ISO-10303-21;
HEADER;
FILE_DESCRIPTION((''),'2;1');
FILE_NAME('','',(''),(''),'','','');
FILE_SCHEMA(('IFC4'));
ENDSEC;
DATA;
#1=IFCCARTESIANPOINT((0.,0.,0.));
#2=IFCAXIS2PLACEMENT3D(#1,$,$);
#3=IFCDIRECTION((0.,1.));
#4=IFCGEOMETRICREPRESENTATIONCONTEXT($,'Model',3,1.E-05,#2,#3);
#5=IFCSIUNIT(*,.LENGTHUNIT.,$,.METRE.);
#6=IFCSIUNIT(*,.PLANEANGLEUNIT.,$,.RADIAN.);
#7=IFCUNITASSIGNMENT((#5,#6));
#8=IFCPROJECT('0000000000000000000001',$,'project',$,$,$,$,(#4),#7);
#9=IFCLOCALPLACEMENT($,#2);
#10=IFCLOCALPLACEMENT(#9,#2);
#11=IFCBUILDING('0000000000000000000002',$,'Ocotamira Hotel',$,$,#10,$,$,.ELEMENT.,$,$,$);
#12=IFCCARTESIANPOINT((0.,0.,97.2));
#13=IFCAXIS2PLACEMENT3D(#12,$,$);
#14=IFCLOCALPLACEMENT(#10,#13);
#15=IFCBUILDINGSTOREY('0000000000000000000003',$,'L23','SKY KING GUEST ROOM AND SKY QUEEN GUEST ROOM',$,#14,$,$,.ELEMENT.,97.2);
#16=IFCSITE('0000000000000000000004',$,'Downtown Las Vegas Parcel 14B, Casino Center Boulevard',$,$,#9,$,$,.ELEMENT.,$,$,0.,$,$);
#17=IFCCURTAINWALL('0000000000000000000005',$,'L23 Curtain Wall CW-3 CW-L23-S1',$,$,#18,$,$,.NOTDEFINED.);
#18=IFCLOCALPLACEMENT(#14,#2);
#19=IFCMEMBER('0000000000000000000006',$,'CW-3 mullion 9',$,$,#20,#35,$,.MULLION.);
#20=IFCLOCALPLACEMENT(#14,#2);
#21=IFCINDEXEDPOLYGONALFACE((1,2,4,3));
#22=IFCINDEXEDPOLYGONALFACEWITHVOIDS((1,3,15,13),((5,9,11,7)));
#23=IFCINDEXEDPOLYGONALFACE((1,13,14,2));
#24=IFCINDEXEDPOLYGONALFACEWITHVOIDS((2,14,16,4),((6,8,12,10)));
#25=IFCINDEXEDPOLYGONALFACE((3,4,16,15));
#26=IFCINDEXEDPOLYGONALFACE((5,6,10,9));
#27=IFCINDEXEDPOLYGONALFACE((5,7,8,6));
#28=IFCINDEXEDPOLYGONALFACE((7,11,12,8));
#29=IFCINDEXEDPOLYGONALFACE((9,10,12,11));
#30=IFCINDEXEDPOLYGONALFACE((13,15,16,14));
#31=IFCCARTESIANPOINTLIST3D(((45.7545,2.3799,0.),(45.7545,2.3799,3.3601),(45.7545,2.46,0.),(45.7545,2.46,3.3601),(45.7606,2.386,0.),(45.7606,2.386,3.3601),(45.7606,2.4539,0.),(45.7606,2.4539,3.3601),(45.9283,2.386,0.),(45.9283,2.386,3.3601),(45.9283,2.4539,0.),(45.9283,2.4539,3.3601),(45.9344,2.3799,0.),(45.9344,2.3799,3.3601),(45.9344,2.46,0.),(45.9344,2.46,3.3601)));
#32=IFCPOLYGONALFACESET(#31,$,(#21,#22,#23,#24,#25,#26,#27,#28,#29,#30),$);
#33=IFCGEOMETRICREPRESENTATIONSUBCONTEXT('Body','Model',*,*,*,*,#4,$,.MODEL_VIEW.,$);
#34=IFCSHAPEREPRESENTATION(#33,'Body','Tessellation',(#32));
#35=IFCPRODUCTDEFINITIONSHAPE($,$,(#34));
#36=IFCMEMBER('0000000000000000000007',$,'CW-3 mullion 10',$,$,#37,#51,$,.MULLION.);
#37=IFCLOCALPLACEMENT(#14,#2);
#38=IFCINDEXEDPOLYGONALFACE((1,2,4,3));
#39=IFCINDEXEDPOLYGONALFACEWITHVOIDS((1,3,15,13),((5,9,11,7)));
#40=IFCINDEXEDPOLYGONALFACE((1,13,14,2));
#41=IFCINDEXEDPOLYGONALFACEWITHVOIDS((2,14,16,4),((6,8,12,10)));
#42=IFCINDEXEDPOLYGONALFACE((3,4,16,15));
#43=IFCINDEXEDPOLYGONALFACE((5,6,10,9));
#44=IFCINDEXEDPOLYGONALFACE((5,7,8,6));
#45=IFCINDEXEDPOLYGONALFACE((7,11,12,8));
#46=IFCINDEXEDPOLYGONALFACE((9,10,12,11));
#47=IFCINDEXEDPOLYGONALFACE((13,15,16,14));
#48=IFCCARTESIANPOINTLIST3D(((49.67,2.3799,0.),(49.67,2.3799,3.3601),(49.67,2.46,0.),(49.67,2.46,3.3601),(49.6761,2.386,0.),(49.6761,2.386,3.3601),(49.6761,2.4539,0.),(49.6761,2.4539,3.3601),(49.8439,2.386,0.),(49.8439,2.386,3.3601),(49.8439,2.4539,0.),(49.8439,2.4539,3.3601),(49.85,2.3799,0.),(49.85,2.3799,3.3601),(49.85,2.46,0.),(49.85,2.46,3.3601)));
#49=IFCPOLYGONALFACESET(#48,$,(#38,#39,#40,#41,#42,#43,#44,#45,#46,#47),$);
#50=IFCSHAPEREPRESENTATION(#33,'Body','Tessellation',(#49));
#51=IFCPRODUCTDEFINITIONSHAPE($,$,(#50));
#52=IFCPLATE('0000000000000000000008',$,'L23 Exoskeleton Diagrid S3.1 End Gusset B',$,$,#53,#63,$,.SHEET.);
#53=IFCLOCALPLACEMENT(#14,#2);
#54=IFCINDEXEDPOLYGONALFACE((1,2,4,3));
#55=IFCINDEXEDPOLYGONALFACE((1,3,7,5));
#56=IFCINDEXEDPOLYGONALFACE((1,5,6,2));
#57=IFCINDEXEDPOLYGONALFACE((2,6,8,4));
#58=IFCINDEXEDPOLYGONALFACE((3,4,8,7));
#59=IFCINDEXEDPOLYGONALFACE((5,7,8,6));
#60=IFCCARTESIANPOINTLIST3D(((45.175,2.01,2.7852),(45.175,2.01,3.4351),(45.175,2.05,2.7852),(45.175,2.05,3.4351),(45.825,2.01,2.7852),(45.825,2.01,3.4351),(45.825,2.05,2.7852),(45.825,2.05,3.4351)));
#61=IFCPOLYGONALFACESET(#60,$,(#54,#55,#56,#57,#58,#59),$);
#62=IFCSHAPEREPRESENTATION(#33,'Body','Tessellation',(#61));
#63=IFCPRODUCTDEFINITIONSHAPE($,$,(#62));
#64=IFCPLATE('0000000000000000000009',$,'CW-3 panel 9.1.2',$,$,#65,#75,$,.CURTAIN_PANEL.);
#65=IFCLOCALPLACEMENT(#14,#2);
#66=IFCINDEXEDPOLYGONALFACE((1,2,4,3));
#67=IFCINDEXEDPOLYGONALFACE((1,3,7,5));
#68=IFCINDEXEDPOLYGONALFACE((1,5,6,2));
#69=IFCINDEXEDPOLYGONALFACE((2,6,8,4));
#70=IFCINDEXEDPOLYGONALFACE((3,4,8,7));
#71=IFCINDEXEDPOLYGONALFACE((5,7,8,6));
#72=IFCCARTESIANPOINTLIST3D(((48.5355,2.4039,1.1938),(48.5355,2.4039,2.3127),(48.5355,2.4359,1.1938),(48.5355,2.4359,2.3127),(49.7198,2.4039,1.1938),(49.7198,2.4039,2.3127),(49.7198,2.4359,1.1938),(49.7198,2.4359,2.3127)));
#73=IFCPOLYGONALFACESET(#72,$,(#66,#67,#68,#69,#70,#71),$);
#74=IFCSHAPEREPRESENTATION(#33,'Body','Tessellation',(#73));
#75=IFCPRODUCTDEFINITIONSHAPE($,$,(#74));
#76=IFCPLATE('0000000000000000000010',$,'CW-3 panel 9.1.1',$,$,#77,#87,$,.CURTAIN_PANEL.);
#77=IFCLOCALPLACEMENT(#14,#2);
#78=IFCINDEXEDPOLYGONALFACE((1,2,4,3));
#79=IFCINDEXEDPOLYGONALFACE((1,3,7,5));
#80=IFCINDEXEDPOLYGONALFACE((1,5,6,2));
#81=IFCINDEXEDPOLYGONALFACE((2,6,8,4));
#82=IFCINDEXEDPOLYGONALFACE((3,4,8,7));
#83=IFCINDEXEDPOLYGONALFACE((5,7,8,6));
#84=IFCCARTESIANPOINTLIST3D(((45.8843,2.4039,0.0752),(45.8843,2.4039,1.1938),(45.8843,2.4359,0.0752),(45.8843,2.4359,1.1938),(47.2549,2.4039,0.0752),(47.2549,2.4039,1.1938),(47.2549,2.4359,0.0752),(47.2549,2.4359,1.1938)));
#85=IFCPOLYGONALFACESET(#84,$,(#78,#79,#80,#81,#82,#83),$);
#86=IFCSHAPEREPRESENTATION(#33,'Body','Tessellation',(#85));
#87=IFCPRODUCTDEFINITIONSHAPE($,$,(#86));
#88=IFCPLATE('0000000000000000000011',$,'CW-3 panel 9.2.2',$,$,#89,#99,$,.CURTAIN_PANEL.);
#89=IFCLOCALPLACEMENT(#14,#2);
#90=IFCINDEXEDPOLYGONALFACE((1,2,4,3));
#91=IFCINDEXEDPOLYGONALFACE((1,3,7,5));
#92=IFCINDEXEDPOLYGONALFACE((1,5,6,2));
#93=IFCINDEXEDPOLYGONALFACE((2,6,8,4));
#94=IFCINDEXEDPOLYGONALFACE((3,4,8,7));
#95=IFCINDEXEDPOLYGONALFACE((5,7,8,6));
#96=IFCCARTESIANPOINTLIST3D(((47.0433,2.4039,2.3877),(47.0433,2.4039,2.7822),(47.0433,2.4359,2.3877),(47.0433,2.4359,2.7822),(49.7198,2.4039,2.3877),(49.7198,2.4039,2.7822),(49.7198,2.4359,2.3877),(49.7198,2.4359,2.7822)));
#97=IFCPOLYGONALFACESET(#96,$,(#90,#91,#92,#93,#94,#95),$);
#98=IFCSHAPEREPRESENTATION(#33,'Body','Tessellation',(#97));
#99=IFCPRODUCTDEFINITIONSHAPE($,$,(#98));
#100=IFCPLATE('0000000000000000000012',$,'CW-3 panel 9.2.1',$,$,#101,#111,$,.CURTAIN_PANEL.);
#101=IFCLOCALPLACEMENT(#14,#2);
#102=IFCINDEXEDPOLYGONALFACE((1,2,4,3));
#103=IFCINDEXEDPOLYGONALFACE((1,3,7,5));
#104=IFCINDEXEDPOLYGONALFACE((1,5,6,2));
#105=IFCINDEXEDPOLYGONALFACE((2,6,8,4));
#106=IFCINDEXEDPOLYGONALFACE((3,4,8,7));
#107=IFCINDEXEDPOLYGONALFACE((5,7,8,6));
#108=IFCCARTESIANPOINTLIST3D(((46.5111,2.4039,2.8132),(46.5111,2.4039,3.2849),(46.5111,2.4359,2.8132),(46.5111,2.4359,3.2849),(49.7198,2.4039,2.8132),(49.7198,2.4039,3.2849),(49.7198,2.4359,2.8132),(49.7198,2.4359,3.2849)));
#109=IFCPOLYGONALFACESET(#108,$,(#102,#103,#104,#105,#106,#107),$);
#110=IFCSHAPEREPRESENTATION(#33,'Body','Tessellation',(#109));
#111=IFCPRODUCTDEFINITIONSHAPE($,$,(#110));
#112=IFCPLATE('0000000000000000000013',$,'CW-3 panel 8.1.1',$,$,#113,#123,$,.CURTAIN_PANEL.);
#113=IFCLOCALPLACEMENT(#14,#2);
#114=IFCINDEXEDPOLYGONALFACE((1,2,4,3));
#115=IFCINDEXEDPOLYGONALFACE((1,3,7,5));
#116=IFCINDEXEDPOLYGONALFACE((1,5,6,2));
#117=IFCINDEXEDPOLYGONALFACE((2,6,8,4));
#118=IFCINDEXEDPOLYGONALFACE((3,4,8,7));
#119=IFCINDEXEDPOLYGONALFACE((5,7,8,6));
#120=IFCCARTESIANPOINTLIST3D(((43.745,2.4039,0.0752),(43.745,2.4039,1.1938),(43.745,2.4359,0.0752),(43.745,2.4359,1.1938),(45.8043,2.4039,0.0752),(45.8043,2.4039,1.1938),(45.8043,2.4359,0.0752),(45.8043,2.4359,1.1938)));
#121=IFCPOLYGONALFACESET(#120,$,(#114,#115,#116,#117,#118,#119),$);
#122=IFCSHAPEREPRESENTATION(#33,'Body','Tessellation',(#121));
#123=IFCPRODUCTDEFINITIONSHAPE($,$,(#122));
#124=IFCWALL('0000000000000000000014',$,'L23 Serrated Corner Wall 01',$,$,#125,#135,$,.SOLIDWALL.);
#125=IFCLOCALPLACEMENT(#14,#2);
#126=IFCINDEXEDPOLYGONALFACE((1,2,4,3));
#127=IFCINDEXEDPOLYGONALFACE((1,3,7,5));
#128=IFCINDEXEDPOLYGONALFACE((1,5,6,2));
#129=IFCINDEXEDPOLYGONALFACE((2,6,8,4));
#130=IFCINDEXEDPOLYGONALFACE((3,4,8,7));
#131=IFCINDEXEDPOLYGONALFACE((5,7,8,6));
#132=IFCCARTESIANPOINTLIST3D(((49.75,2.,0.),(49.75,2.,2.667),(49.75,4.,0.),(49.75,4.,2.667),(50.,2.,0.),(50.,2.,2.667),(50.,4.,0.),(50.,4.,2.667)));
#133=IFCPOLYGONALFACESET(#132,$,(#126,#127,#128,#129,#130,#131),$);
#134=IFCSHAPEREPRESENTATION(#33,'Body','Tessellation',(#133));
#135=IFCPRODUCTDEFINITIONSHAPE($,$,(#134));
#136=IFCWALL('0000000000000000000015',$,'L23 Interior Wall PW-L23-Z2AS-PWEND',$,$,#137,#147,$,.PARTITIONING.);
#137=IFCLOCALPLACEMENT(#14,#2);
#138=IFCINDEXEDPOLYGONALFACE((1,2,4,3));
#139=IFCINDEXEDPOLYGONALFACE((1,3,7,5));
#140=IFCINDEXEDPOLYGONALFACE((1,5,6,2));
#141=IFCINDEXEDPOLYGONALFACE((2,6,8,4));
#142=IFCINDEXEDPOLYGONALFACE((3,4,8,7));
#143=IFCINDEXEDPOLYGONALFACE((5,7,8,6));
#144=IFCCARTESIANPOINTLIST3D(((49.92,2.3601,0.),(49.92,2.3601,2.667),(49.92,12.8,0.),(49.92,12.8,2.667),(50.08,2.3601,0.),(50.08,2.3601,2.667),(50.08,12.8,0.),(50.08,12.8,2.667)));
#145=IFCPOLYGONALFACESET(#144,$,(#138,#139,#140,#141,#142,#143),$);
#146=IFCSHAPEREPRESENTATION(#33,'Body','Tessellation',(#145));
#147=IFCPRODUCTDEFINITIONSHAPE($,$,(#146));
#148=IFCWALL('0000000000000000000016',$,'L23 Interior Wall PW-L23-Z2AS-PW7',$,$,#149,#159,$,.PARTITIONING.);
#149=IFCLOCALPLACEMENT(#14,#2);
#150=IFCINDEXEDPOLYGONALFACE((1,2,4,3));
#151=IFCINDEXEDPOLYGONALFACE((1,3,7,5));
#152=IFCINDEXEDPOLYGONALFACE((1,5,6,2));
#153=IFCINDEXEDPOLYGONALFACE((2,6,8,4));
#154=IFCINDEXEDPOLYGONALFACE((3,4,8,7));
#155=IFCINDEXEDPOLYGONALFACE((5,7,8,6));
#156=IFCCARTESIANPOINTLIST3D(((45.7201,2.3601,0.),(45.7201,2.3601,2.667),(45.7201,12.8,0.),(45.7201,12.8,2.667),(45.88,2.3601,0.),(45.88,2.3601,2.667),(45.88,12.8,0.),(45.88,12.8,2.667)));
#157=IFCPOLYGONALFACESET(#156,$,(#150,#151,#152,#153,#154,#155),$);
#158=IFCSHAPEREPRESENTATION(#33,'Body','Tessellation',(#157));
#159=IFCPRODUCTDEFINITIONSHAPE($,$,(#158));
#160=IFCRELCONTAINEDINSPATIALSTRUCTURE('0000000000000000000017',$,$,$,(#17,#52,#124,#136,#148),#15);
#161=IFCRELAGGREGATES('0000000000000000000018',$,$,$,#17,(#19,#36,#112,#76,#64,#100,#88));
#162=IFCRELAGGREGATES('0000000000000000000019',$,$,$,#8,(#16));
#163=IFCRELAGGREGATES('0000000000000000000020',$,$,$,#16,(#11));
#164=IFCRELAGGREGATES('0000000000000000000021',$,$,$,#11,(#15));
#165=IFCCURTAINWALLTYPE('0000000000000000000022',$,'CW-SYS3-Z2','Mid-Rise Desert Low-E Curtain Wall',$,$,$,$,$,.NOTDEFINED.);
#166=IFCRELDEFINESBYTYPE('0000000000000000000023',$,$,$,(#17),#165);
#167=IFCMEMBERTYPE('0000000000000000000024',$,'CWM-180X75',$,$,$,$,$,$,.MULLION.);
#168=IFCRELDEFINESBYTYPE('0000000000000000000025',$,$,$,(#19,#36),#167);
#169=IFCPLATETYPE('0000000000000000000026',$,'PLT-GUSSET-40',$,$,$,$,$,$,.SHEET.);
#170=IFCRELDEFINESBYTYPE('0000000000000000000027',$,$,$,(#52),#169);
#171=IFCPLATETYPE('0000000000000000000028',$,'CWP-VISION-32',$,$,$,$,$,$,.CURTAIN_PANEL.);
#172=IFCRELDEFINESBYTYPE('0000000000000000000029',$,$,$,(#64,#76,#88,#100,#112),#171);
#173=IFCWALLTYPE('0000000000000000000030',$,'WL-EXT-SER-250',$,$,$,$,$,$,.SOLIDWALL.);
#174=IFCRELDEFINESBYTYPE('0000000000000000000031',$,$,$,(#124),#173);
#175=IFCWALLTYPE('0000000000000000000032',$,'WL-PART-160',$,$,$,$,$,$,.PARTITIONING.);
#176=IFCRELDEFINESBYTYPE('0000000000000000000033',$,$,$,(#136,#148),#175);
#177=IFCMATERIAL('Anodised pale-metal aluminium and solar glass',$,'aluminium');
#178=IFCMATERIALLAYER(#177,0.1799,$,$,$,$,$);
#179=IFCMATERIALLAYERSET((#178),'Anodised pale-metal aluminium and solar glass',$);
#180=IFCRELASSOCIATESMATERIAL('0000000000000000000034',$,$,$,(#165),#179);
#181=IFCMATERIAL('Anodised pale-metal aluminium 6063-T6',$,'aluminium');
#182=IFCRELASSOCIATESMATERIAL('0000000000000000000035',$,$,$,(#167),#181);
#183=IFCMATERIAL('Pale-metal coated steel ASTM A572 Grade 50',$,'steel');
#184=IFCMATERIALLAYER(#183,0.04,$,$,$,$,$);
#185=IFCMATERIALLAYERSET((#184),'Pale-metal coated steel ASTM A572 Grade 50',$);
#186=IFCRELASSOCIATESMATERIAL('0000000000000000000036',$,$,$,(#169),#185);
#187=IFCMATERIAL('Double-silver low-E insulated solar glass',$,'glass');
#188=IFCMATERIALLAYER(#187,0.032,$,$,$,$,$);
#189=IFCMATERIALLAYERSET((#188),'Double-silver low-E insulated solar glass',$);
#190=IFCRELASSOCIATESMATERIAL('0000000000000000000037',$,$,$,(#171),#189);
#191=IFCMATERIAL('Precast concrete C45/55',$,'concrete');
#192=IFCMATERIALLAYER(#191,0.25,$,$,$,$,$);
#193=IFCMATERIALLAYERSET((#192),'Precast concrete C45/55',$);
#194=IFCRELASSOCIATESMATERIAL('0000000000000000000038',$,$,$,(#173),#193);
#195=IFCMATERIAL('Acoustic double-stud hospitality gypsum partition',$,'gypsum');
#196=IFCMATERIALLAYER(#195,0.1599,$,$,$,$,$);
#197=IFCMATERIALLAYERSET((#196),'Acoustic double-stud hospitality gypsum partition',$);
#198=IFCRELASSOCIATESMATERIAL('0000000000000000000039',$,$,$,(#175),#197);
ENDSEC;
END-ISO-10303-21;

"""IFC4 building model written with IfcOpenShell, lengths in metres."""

from ifc_helpers import new_model, si_unit, direction, frame, frame_2d, origin, origin_2d, place, context, subcontext, project, spatial, rectangle, hollow_rectangle, extrude, source, transform, mapped, material, layer, layer_set, material_profile, profile_set, type_object, element, aggregate, save


model = new_model("IFC4")

# Units and contexts
model_context = context("Model", 3, precision=1e-05, world=origin(), true_north=direction((0.0, 1.0)))
body_context = subcontext(model_context, "Body", "Model", "MODEL_VIEW")
ifc_project = project(units=[si_unit("LENGTHUNIT", "METRE"), si_unit("PLANEANGLEUNIT", "RADIAN")], contexts=[model_context])

# Site, building, storey
site_placement = place(None, origin())
site = spatial("IfcSite", under=ifc_project, at=site_placement, Name="Downtown Las Vegas Parcel 14B, Casino Center Boulevard", CompositionType="ELEMENT", RefElevation=0.0)
building_placement = place(site_placement, origin())
building = spatial("IfcBuilding", under=site, at=building_placement, Name="Ocotamira Hotel", CompositionType="ELEMENT")
storey_placement = place(building_placement, frame((0.0, 0.0, 97.2)))
storey = spatial("IfcBuildingStorey", under=building, at=storey_placement, Name="L23", Description="SKY KING GUEST ROOM AND SKY QUEEN GUEST ROOM", CompositionType="ELEMENT", Elevation=97.2)

# Curtain wall, members
ifc_material_1 = material(Name="Anodised pale-metal aluminium and solar glass", Category="aluminium")
ifc_layer_1 = layer(ifc_material_1, 0.1799)
ifc_layer_set_1 = layer_set([ifc_layer_1], Name="Anodised pale-metal aluminium and solar glass")
curtain_wall_type = type_object("IfcCurtainWallType", Name="CW-SYS3-Z2", Description="Mid-Rise Desert Low-E Curtain Wall", PredefinedType="NOTDEFINED", material=ifc_layer_set_1)
curtain_wall_placement = place(storey_placement, origin())
curtain_wall = element("IfcCurtainWall", 1, at=curtain_wall_placement, inside=storey, type_object=curtain_wall_type, Name="L23 Curtain Wall CW-3 CW-L23-S1", PredefinedType="NOTDEFINED")
ifc_material_2 = material(Name="Anodised pale-metal aluminium 6063-T6", Category="aluminium")
ifc_material_profile_1 = material_profile(ifc_material_2, hollow_rectangle(XDim=0.0801, YDim=0.1799, WallThickness=0.0061, at=origin_2d()), Name="HSS180X80X6")
ifc_profile_set_1 = profile_set([ifc_material_profile_1], Name="Anodised pale-metal aluminium 6063-T6")
member_type_1 = type_object("IfcMemberType", Name="CWM-180X75", PredefinedType="MULLION", material=ifc_profile_set_1)
shared_shape_1 = source(origin(), body_context, "Body", "SweptSolid", [
    extrude(hollow_rectangle(XDim=0.0801, YDim=0.1799, WallThickness=0.0061, at=origin_2d()), origin(), (0.0, 0.0, 1.0), 3.3601),
])
member_1_placement = place(storey_placement, frame((45.8445, 2.4199, 0.0), z_axis=(0.0, 0.0, 1.0), x_axis=(0.0, 1.0, 0.0)))
member_1 = element("IfcMember", 2, at=member_1_placement, type_object=member_type_1, Name="CW-3 mullion 9", PredefinedType="MULLION", context=body_context, shape_type="MappedRepresentation", body=[
    mapped(shared_shape_1, transform((0.0, 0.0, 0.0), scale=1.0)),
])
member_2_placement = place(storey_placement, frame((49.76, 2.4199, 0.0), z_axis=(0.0, 0.0, 1.0), x_axis=(0.0, 1.0, 0.0)))
member_2 = element("IfcMember", 3, at=member_2_placement, type_object=member_type_1, Name="CW-3 mullion 10", PredefinedType="MULLION", context=body_context, shape_type="MappedRepresentation", body=[
    mapped(shared_shape_1, transform((0.0, 0.0, 0.0), scale=1.0)),
])

# Plates
ifc_material_3 = material(Name="Pale-metal coated steel ASTM A572 Grade 50", Category="steel")
ifc_layer_2 = layer(ifc_material_3, 0.04)
ifc_layer_set_2 = layer_set([ifc_layer_2], Name="Pale-metal coated steel ASTM A572 Grade 50")
plate_type_1 = type_object("IfcPlateType", Name="PLT-GUSSET-40", PredefinedType="SHEET", material=ifc_layer_set_2)
shared_shape_2 = source(origin(), body_context, "Body", "SweptSolid", [
    extrude(rectangle(XDim=0.6499, YDim=0.04, at=origin_2d()), origin(), (0.0, 0.0, 1.0), 0.6499),
])
plate_1_placement = place(storey_placement, frame((45.5, 2.03, 2.7852), z_axis=(0.0, 0.0, 1.0), x_axis=(1.0, 0.0, 0.0)))
element("IfcPlate", 4, at=plate_1_placement, inside=storey, type_object=plate_type_1, Name="L23 Exoskeleton Diagrid S3.1 End Gusset B", PredefinedType="SHEET", context=body_context, shape_type="MappedRepresentation", body=[
    mapped(shared_shape_2, transform((0.0, 0.0, 0.0), scale=1.0)),
])
ifc_material_4 = material(Name="Double-silver low-E insulated solar glass", Category="glass")
ifc_layer_3 = layer(ifc_material_4, 0.032)
ifc_layer_set_3 = layer_set([ifc_layer_3], Name="Double-silver low-E insulated solar glass")
plate_type_2 = type_object("IfcPlateType", Name="CWP-VISION-32", PredefinedType="CURTAIN_PANEL", material=ifc_layer_set_3)
shared_shape_3 = source(origin(), body_context, "Body", "SweptSolid", [
    extrude(rectangle(XDim=1.1843, YDim=0.032, at=origin_2d()), origin(), (0.0, 0.0, 1.0), 1.1189),
])
plate_2_placement = place(storey_placement, frame((49.1277, 2.4199, 1.1938), z_axis=(0.0, 0.0, 1.0), x_axis=(1.0, 0.0, 0.0)))
plate_2 = element("IfcPlate", 5, at=plate_2_placement, type_object=plate_type_2, Name="CW-3 panel 9.1.2", PredefinedType="CURTAIN_PANEL", context=body_context, shape_type="MappedRepresentation", body=[
    mapped(shared_shape_3, transform((0.0, 0.0, 0.0), scale=1.0)),
])
shared_shape_4 = source(origin(), body_context, "Body", "SweptSolid", [
    extrude(rectangle(XDim=1.3706, YDim=0.032, at=origin_2d()), origin(), (0.0, 0.0, 1.0), 1.1187),
])
plate_3_placement = place(storey_placement, frame((46.5696, 2.4199, 0.0752), z_axis=(0.0, 0.0, 1.0), x_axis=(1.0, 0.0, 0.0)))
plate_3 = element("IfcPlate", 6, at=plate_3_placement, type_object=plate_type_2, Name="CW-3 panel 9.1.1", PredefinedType="CURTAIN_PANEL", context=body_context, shape_type="MappedRepresentation", body=[
    mapped(shared_shape_4, transform((0.0, 0.0, 0.0), scale=1.0)),
])
shared_shape_5 = source(origin(), body_context, "Body", "SweptSolid", [
    extrude(rectangle(XDim=2.6765, YDim=0.032, at=origin_2d()), origin(), (0.0, 0.0, 1.0), 0.3945),
])
plate_4_placement = place(storey_placement, frame((48.3816, 2.4199, 2.3877), z_axis=(0.0, 0.0, 1.0), x_axis=(1.0, 0.0, 0.0)))
plate_4 = element("IfcPlate", 7, at=plate_4_placement, type_object=plate_type_2, Name="CW-3 panel 9.2.2", PredefinedType="CURTAIN_PANEL", context=body_context, shape_type="MappedRepresentation", body=[
    mapped(shared_shape_5, transform((0.0, 0.0, 0.0), scale=1.0)),
])
shared_shape_6 = source(origin(), body_context, "Body", "SweptSolid", [
    extrude(rectangle(XDim=3.2087, YDim=0.032, at=origin_2d()), origin(), (0.0, 0.0, 1.0), 0.4717),
])
plate_5_placement = place(storey_placement, frame((48.1155, 2.4199, 2.8132), z_axis=(0.0, 0.0, 1.0), x_axis=(1.0, 0.0, 0.0)))
plate_5 = element("IfcPlate", 8, at=plate_5_placement, type_object=plate_type_2, Name="CW-3 panel 9.2.1", PredefinedType="CURTAIN_PANEL", context=body_context, shape_type="MappedRepresentation", body=[
    mapped(shared_shape_6, transform((0.0, 0.0, 0.0), scale=1.0)),
])
shared_shape_7 = source(origin(), body_context, "Body", "SweptSolid", [
    extrude(rectangle(XDim=2.0593, YDim=0.032, at=origin_2d()), origin(), (0.0, 0.0, 1.0), 1.1187),
])
plate_6_placement = place(storey_placement, frame((44.7747, 2.4199, 0.0752), z_axis=(0.0, 0.0, 1.0), x_axis=(1.0, 0.0, 0.0)))
plate_6 = element("IfcPlate", 9, at=plate_6_placement, type_object=plate_type_2, Name="CW-3 panel 8.1.1", PredefinedType="CURTAIN_PANEL", context=body_context, shape_type="MappedRepresentation", body=[
    mapped(shared_shape_7, transform((0.0, 0.0, 0.0), scale=1.0)),
])
aggregate(curtain_wall, [member_1, member_2, plate_6, plate_3, plate_2, plate_5, plate_4])

# Walls
ifc_material_5 = material(Name="Precast concrete C45/55", Category="concrete")
ifc_layer_4 = layer(ifc_material_5, 0.25)
ifc_layer_set_4 = layer_set([ifc_layer_4], Name="Precast concrete C45/55")
wall_type_1 = type_object("IfcWallType", Name="WL-EXT-SER-250", PredefinedType="SOLIDWALL", material=ifc_layer_set_4)
wall_placement = place(storey_placement, frame((49.875, 2.0, 0.0), z_axis=(0.0, 0.0, 1.0), x_axis=(0.0, 1.0, 0.0)))
element("IfcWall", 10, at=wall_placement, inside=storey, type_object=wall_type_1, Name="L23 Serrated Corner Wall 01", PredefinedType="SOLIDWALL", context=body_context, shape_type="SweptSolid", body=[
    extrude(rectangle(XDim=2.0, YDim=0.25, at=frame_2d((1.0, 0.0))), origin(), (0.0, 0.0, 1.0), 2.667),
])
ifc_material_6 = material(Name="Acoustic double-stud hospitality gypsum partition", Category="gypsum")
ifc_layer_5 = layer(ifc_material_6, 0.1599)
ifc_layer_set_5 = layer_set([ifc_layer_5], Name="Acoustic double-stud hospitality gypsum partition")
wall_type_2 = type_object("IfcWallType", Name="WL-PART-160", PredefinedType="PARTITIONING", material=ifc_layer_set_5)
for number, where, z_axis, x_axis, name in (
    (11, (50.0, 2.3601, 0.0), (0.0, 0.0, 1.0), (0.0, 1.0, 0.0), "L23 Interior Wall PW-L23-Z2AS-PWEND"),
    (12, (45.8, 2.3601, 0.0), (0.0, 0.0, 1.0), (0.0, 1.0, 0.0), "L23 Interior Wall PW-L23-Z2AS-PW7"),
):
    element("IfcWall", number, at=place(storey_placement, frame(where, z_axis=z_axis, x_axis=x_axis)), inside=storey, type_object=wall_type_2, Name=name, PredefinedType="PARTITIONING", context=body_context, shape_type="SweptSolid", body=[
        extrude(rectangle(XDim=10.4399, YDim=0.1599, at=frame_2d((5.22, 0.0))), origin(), (0.0, 0.0, 1.0), 2.667),
    ])

save(model, "model.ifc")
